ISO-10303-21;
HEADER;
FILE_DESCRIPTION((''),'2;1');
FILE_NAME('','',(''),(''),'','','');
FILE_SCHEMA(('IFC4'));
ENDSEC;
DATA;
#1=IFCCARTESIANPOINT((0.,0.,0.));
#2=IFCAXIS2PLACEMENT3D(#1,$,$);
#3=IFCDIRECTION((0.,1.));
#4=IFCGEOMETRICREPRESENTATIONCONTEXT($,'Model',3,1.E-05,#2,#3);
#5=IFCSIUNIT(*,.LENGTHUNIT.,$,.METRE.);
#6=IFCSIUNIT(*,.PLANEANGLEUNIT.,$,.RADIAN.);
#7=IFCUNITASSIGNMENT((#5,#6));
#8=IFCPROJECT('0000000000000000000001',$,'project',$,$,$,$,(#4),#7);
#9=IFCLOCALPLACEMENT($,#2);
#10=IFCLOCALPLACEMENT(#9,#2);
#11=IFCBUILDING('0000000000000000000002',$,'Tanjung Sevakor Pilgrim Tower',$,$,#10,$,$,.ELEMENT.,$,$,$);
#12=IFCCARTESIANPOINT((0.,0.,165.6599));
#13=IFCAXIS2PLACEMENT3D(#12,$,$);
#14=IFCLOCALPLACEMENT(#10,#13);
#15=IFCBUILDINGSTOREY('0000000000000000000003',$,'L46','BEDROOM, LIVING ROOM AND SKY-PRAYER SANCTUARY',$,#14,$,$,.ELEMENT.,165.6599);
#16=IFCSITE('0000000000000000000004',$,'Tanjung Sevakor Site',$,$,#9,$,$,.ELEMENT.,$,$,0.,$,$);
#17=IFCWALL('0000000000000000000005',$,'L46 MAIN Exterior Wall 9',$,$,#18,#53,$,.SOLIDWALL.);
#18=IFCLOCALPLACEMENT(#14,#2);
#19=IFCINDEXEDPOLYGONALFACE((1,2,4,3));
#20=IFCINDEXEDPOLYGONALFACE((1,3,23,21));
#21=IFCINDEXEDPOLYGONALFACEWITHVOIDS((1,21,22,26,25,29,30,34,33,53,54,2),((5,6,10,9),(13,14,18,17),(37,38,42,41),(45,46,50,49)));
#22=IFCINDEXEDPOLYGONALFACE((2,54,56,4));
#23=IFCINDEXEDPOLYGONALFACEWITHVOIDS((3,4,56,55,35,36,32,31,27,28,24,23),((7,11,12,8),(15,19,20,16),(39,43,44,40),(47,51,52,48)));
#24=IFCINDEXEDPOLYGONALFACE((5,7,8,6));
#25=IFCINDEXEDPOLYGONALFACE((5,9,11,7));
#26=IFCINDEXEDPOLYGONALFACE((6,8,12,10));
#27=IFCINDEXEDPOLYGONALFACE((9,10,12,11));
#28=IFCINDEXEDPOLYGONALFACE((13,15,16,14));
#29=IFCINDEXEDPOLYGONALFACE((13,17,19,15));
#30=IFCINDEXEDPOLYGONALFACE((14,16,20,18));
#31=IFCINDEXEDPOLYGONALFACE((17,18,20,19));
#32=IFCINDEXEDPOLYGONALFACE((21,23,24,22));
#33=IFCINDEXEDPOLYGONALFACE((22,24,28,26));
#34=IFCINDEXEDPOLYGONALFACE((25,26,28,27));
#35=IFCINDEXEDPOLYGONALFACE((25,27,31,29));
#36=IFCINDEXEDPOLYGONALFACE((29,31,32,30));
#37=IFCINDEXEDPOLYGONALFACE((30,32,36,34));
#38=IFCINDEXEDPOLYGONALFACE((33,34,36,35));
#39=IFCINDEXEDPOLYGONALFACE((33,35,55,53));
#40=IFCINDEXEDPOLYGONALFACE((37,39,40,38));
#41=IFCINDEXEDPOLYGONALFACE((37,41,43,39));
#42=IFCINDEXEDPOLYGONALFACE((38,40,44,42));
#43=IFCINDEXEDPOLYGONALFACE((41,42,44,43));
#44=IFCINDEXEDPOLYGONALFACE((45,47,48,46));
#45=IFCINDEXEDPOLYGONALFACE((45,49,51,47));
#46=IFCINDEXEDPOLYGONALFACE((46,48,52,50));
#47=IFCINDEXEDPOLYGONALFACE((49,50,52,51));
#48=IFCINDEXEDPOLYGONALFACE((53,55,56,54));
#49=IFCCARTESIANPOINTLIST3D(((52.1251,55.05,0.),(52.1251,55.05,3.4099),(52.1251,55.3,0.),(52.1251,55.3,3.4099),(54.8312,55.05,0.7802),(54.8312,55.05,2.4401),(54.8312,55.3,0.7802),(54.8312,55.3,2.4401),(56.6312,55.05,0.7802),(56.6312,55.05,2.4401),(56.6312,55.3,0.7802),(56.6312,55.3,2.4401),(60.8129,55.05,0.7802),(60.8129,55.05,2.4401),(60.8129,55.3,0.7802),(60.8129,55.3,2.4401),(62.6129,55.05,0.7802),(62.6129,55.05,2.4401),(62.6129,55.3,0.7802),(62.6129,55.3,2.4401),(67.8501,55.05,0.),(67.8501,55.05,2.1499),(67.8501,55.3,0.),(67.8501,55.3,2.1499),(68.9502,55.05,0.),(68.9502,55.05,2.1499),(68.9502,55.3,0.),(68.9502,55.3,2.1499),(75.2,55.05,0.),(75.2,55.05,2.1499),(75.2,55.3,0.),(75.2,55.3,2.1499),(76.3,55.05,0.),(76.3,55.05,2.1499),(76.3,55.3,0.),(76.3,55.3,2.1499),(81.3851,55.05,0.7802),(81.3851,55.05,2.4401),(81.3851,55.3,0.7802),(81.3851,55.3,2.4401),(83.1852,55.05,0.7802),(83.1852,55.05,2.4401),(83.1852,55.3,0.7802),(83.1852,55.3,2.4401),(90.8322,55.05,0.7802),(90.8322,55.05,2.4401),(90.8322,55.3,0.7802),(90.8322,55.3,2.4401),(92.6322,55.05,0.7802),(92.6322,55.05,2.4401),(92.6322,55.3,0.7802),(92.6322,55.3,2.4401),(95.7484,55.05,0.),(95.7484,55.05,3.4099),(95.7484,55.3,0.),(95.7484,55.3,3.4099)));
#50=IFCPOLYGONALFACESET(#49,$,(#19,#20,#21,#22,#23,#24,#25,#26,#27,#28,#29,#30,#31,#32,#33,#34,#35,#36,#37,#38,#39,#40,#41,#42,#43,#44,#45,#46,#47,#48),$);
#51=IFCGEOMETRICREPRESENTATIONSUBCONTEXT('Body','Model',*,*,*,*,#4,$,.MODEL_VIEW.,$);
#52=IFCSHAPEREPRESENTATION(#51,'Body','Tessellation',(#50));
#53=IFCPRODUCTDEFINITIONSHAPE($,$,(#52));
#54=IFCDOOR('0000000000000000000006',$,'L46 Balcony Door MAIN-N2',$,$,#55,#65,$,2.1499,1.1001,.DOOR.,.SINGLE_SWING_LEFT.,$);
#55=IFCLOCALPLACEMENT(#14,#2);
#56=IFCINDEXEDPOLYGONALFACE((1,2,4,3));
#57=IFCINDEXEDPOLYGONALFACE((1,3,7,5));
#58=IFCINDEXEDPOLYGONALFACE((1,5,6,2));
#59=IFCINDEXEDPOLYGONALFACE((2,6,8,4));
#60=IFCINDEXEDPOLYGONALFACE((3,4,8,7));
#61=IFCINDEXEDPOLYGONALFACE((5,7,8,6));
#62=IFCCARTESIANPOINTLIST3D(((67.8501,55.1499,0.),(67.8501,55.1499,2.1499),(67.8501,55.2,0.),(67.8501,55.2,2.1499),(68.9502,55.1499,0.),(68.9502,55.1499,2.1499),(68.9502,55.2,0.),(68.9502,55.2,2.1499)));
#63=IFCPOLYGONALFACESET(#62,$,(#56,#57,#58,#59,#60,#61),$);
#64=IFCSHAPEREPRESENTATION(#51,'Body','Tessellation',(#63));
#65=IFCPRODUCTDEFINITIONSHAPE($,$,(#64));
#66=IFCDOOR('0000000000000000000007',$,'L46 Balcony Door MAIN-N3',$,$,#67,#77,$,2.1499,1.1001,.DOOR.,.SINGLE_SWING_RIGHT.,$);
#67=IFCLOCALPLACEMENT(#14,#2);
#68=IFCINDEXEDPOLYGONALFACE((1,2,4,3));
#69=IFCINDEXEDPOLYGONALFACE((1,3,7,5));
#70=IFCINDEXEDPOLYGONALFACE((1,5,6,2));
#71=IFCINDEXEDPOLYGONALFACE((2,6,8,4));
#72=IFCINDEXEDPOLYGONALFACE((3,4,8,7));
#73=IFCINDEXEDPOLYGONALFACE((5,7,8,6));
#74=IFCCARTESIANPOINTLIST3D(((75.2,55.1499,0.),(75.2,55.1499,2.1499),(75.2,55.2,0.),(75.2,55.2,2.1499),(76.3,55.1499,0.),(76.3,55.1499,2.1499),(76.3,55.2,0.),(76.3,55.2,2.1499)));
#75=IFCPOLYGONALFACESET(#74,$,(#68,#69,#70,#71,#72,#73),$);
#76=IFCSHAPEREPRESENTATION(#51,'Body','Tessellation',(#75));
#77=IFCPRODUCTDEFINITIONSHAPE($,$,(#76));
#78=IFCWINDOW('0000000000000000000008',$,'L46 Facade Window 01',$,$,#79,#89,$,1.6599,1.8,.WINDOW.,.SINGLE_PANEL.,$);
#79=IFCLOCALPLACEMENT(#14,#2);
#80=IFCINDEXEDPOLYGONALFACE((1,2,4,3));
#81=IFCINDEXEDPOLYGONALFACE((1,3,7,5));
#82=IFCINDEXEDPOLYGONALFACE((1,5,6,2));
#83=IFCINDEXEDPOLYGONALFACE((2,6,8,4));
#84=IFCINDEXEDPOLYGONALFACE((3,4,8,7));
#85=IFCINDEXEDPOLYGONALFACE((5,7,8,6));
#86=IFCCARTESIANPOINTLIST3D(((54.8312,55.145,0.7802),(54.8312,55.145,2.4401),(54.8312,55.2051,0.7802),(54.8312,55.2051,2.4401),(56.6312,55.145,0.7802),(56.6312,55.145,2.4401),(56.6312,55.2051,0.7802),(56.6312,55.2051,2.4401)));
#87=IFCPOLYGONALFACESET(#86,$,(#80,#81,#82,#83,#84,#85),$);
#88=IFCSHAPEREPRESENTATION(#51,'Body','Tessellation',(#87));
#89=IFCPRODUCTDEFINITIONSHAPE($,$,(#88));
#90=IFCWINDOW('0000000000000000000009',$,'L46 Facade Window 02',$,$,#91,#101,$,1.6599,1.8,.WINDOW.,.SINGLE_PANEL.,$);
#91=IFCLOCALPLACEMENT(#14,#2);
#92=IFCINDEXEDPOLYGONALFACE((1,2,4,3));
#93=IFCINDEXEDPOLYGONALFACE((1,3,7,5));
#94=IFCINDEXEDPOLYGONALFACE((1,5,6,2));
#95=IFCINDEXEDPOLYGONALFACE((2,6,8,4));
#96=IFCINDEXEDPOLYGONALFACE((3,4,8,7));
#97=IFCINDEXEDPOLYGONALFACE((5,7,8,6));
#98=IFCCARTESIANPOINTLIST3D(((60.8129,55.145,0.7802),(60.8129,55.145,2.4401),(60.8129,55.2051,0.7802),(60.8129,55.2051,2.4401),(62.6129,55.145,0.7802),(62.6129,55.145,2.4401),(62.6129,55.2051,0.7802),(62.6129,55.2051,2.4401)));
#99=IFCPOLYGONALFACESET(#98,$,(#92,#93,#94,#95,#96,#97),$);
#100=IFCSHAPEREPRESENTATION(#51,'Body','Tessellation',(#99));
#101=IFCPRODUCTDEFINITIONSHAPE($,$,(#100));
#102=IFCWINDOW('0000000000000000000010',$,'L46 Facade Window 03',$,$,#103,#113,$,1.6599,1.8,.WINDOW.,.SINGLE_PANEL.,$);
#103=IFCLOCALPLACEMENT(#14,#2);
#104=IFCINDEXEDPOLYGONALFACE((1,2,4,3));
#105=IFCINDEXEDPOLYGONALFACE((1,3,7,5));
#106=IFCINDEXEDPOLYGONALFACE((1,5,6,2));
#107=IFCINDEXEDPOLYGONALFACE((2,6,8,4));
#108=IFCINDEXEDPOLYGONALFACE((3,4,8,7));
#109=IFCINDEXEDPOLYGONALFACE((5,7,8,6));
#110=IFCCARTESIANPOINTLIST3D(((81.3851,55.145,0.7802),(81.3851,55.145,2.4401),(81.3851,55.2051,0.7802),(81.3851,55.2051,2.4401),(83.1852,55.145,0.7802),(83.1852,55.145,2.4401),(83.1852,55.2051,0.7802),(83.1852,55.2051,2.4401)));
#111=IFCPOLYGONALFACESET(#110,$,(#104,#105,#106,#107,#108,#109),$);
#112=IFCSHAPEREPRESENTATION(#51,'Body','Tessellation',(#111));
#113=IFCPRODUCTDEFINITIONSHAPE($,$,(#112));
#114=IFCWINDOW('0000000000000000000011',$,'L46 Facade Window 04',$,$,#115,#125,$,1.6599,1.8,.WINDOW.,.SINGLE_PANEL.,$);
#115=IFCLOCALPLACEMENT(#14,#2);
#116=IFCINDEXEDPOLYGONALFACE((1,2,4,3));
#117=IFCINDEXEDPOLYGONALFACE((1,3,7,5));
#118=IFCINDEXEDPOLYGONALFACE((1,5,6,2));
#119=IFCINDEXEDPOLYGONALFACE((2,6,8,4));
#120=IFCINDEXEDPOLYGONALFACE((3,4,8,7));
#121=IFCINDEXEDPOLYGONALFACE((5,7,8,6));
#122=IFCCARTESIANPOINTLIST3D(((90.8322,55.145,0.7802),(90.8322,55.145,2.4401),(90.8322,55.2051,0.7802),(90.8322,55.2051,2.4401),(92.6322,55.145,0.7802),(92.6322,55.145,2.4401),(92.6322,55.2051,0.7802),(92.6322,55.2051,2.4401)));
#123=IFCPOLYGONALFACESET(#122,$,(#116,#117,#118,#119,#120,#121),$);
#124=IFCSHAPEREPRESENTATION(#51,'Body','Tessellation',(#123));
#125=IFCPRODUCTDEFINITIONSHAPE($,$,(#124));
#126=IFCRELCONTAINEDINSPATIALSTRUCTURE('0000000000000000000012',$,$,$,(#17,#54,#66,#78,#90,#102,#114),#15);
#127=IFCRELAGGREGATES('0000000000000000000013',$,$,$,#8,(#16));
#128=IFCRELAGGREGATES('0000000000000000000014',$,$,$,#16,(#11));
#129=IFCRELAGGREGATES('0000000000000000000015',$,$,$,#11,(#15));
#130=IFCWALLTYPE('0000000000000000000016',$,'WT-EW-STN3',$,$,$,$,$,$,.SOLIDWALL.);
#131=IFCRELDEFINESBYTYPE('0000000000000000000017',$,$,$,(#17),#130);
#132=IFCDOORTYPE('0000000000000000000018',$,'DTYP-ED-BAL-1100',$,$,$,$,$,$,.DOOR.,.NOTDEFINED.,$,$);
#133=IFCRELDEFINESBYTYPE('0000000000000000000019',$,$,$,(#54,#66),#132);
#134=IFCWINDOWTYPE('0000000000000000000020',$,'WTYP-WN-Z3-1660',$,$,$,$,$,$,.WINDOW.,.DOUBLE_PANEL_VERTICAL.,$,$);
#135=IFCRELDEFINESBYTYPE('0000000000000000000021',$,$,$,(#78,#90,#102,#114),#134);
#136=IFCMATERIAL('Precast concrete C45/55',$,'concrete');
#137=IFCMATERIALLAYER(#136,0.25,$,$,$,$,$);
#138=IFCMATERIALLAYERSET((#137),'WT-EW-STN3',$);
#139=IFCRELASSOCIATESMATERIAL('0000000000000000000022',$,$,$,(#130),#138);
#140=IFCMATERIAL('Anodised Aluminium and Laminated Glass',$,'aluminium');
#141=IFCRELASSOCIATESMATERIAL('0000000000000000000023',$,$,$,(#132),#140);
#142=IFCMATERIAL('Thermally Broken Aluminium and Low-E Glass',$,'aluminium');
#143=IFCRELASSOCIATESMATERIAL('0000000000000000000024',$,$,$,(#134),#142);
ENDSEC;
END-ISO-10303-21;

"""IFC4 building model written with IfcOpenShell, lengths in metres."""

from ifc_helpers import new_model, si_unit, direction, frame, frame_2d, origin, place, context, subcontext, project, spatial, rectangle, extrude, material, layer, layer_set, type_object, element, fill, save


model = new_model("IFC4")

# Units and contexts
model_context = context("Model", 3, precision=1e-05, world=origin(), true_north=direction((0.0, 1.0)))
body_context = subcontext(model_context, "Body", "Model", "MODEL_VIEW")
ifc_project = project(units=[si_unit("LENGTHUNIT", "METRE"), si_unit("PLANEANGLEUNIT", "RADIAN")], contexts=[model_context])

# Site, building, storey
site_placement = place(None, origin())
site = spatial("IfcSite", under=ifc_project, at=site_placement, Name="Tanjung Sevakor Site", CompositionType="ELEMENT", RefElevation=0.0)
building_placement = place(site_placement, origin())
building = spatial("IfcBuilding", under=site, at=building_placement, Name="Tanjung Sevakor Pilgrim Tower", CompositionType="ELEMENT")
storey_placement = place(building_placement, frame((0.0, 0.0, 165.6599)))
storey = spatial("IfcBuildingStorey", under=building, at=storey_placement, Name="L46", Description="BEDROOM, LIVING ROOM AND SKY-PRAYER SANCTUARY", CompositionType="ELEMENT", Elevation=165.6599)

# Wall, openings, doors, windows
ifc_material_1 = material(Name="Precast concrete C45/55", Category="concrete")
ifc_layer_1 = layer(ifc_material_1, 0.25)
ifc_layer_set_1 = layer_set([ifc_layer_1], Name="WT-EW-STN3")
wall_type_1 = type_object("IfcWallType", Name="WT-EW-STN3", PredefinedType="SOLIDWALL", material=ifc_layer_set_1)
wall_1_placement = place(storey_placement, frame((95.7483, 55.175, 0.0), z_axis=(0.0, 0.0, 1.0), x_axis=(-1.0, 0.0, 0.0)))
wall_1 = element("IfcWall", 1, at=wall_1_placement, inside=storey, type_object=wall_type_1, Name="L46 MAIN Exterior Wall 9", PredefinedType="SOLIDWALL", context=body_context, shape_type="SweptSolid", body=[
    extrude(rectangle(XDim=43.6233, YDim=0.25, at=frame_2d((21.8115, 0.0))), origin(), (0.0, 0.0, 1.0), 3.4099),
])
opening_1_placement = place(wall_1_placement, frame((26.7981, 0.0, 0.0)))
opening_1 = element("IfcOpeningElement", 2, at=opening_1_placement, cuts=wall_1, PredefinedType="OPENING", context=body_context, shape_type="SweptSolid", body=[
    extrude(rectangle(XDim=1.1001, YDim=2.1499, at=frame_2d((0.55, 1.075))), frame((0.0, 0.135, 0.0), z_axis=(0.0, -1.0, 0.0), x_axis=(1.0, 0.0, 0.0)), (0.0, 0.0, 1.0), 0.27),
])
opening_2_placement = place(wall_1_placement, frame((19.4482, 0.0, 0.0)))
opening_2 = element("IfcOpeningElement", 3, at=opening_2_placement, cuts=wall_1, PredefinedType="OPENING", context=body_context, shape_type="SweptSolid", body=[
    extrude(rectangle(XDim=1.1001, YDim=2.1499, at=frame_2d((0.55, 1.075))), frame((0.0, 0.135, 0.0), z_axis=(0.0, -1.0, 0.0), x_axis=(1.0, 0.0, 0.0)), (0.0, 0.0, 1.0), 0.27),
])
opening_3_placement = place(wall_1_placement, frame((39.1172, 0.0, 0.78)))
opening_3 = element("IfcOpeningElement", 4, at=opening_3_placement, cuts=wall_1, PredefinedType="OPENING", context=body_context, shape_type="SweptSolid", body=[
    extrude(rectangle(XDim=1.8, YDim=1.6599, at=frame_2d((0.8999, 0.8301))), frame((0.0, 0.135, 0.0), z_axis=(0.0, -1.0, 0.0), x_axis=(1.0, 0.0, 0.0)), (0.0, 0.0, 1.0), 0.27),
])
opening_4_placement = place(wall_1_placement, frame((33.1355, 0.0, 0.78)))
opening_4 = element("IfcOpeningElement", 5, at=opening_4_placement, cuts=wall_1, PredefinedType="OPENING", context=body_context, shape_type="SweptSolid", body=[
    extrude(rectangle(XDim=1.8, YDim=1.6599, at=frame_2d((0.8999, 0.8301))), frame((0.0, 0.135, 0.0), z_axis=(0.0, -1.0, 0.0), x_axis=(1.0, 0.0, 0.0)), (0.0, 0.0, 1.0), 0.27),
])
opening_5_placement = place(wall_1_placement, frame((12.5632, 0.0, 0.78)))
opening_5 = element("IfcOpeningElement", 6, at=opening_5_placement, cuts=wall_1, PredefinedType="OPENING", context=body_context, shape_type="SweptSolid", body=[
    extrude(rectangle(XDim=1.8, YDim=1.6599, at=frame_2d((0.8999, 0.8301))), frame((0.0, 0.135, 0.0), z_axis=(0.0, -1.0, 0.0), x_axis=(1.0, 0.0, 0.0)), (0.0, 0.0, 1.0), 0.27),
])
opening_6_placement = place(wall_1_placement, frame((3.1162, 0.0, 0.78)))
opening_6 = element("IfcOpeningElement", 7, at=opening_6_placement, cuts=wall_1, PredefinedType="OPENING", context=body_context, shape_type="SweptSolid", body=[
    extrude(rectangle(XDim=1.8, YDim=1.6599, at=frame_2d((0.8999, 0.8301))), frame((0.0, 0.135, 0.0), z_axis=(0.0, -1.0, 0.0), x_axis=(1.0, 0.0, 0.0)), (0.0, 0.0, 1.0), 0.27),
])
ifc_material_2 = material(Name="Anodised Aluminium and Laminated Glass", Category="aluminium")
door_type_1 = type_object("IfcDoorType", Name="DTYP-ED-BAL-1100", OperationType="NOTDEFINED", PredefinedType="DOOR", material=ifc_material_2)
door_1_placement = place(opening_1_placement, frame((1.1001, 0.0, 0.0), z_axis=(0.0, 0.0, 1.0), x_axis=(-1.0, 0.0, 0.0)))
door_1 = element("IfcDoor", 8, at=door_1_placement, inside=storey, type_object=door_type_1, Name="L46 Balcony Door MAIN-N2", OperationType="SINGLE_SWING_LEFT", OverallHeight=2.1499, OverallWidth=1.1001, PredefinedType="DOOR", context=body_context, shape_type="SweptSolid", body=[
    extrude(rectangle(XDim=1.1001, YDim=2.1499, at=frame_2d((0.55, 1.075))), frame((0.0, 0.0249, 0.0), z_axis=(0.0, -1.0, 0.0), x_axis=(1.0, 0.0, 0.0)), (0.0, 0.0, 1.0), 0.05),
])
fill(opening_1, door_1)
door_2_placement = place(opening_2_placement, frame((1.1001, 0.0, 0.0), z_axis=(0.0, 0.0, 1.0), x_axis=(-1.0, 0.0, 0.0)))
door_2 = element("IfcDoor", 9, at=door_2_placement, inside=storey, type_object=door_type_1, Name="L46 Balcony Door MAIN-N3", OperationType="SINGLE_SWING_RIGHT", OverallHeight=2.1499, OverallWidth=1.1001, PredefinedType="DOOR", context=body_context, shape_type="SweptSolid", body=[
    extrude(rectangle(XDim=1.1001, YDim=2.1499, at=frame_2d((0.55, 1.075))), frame((0.0, 0.0249, 0.0), z_axis=(0.0, -1.0, 0.0), x_axis=(1.0, 0.0, 0.0)), (0.0, 0.0, 1.0), 0.05),
])
fill(opening_2, door_2)
ifc_material_3 = material(Name="Thermally Broken Aluminium and Low-E Glass", Category="aluminium")
window_type = type_object("IfcWindowType", Name="WTYP-WN-Z3-1660", PartitioningType="DOUBLE_PANEL_VERTICAL", PredefinedType="WINDOW", material=ifc_material_3)
window_1_placement = place(opening_3_placement, origin())
window_1 = element("IfcWindow", 10, at=window_1_placement, inside=storey, type_object=window_type, Name="L46 Facade Window 01", OverallHeight=1.6599, OverallWidth=1.8, PartitioningType="SINGLE_PANEL", PredefinedType="WINDOW", context=body_context, shape_type="SweptSolid", body=[
    extrude(rectangle(XDim=1.8, YDim=1.6599, at=frame_2d((0.8999, 0.8301))), frame((0.0, 0.03, 0.0), z_axis=(0.0, -1.0, 0.0), x_axis=(1.0, 0.0, 0.0)), (0.0, 0.0, 1.0), 0.0601),
])
fill(opening_3, window_1)
window_2_placement = place(opening_4_placement, origin())
window_2 = element("IfcWindow", 11, at=window_2_placement, inside=storey, type_object=window_type, Name="L46 Facade Window 02", OverallHeight=1.6599, OverallWidth=1.8, PartitioningType="SINGLE_PANEL", PredefinedType="WINDOW", context=body_context, shape_type="SweptSolid", body=[
    extrude(rectangle(XDim=1.8, YDim=1.6599, at=frame_2d((0.8999, 0.8301))), frame((0.0, 0.03, 0.0), z_axis=(0.0, -1.0, 0.0), x_axis=(1.0, 0.0, 0.0)), (0.0, 0.0, 1.0), 0.0601),
])
fill(opening_4, window_2)
window_3_placement = place(opening_5_placement, origin())
window_3 = element("IfcWindow", 12, at=window_3_placement, inside=storey, type_object=window_type, Name="L46 Facade Window 03", OverallHeight=1.6599, OverallWidth=1.8, PartitioningType="SINGLE_PANEL", PredefinedType="WINDOW", context=body_context, shape_type="SweptSolid", body=[
    extrude(rectangle(XDim=1.8, YDim=1.6599, at=frame_2d((0.8999, 0.8301))), frame((0.0, 0.03, 0.0), z_axis=(0.0, -1.0, 0.0), x_axis=(1.0, 0.0, 0.0)), (0.0, 0.0, 1.0), 0.0601),
])
fill(opening_5, window_3)
window_4_placement = place(opening_6_placement, origin())
window_4 = element("IfcWindow", 13, at=window_4_placement, inside=storey, type_object=window_type, Name="L46 Facade Window 04", OverallHeight=1.6599, OverallWidth=1.8, PartitioningType="SINGLE_PANEL", PredefinedType="WINDOW", context=body_context, shape_type="SweptSolid", body=[
    extrude(rectangle(XDim=1.8, YDim=1.6599, at=frame_2d((0.8999, 0.8301))), frame((0.0, 0.03, 0.0), z_axis=(0.0, -1.0, 0.0), x_axis=(1.0, 0.0, 0.0)), (0.0, 0.0, 1.0), 0.0601),
])
fill(opening_6, window_4)

save(model, "model.ifc")
